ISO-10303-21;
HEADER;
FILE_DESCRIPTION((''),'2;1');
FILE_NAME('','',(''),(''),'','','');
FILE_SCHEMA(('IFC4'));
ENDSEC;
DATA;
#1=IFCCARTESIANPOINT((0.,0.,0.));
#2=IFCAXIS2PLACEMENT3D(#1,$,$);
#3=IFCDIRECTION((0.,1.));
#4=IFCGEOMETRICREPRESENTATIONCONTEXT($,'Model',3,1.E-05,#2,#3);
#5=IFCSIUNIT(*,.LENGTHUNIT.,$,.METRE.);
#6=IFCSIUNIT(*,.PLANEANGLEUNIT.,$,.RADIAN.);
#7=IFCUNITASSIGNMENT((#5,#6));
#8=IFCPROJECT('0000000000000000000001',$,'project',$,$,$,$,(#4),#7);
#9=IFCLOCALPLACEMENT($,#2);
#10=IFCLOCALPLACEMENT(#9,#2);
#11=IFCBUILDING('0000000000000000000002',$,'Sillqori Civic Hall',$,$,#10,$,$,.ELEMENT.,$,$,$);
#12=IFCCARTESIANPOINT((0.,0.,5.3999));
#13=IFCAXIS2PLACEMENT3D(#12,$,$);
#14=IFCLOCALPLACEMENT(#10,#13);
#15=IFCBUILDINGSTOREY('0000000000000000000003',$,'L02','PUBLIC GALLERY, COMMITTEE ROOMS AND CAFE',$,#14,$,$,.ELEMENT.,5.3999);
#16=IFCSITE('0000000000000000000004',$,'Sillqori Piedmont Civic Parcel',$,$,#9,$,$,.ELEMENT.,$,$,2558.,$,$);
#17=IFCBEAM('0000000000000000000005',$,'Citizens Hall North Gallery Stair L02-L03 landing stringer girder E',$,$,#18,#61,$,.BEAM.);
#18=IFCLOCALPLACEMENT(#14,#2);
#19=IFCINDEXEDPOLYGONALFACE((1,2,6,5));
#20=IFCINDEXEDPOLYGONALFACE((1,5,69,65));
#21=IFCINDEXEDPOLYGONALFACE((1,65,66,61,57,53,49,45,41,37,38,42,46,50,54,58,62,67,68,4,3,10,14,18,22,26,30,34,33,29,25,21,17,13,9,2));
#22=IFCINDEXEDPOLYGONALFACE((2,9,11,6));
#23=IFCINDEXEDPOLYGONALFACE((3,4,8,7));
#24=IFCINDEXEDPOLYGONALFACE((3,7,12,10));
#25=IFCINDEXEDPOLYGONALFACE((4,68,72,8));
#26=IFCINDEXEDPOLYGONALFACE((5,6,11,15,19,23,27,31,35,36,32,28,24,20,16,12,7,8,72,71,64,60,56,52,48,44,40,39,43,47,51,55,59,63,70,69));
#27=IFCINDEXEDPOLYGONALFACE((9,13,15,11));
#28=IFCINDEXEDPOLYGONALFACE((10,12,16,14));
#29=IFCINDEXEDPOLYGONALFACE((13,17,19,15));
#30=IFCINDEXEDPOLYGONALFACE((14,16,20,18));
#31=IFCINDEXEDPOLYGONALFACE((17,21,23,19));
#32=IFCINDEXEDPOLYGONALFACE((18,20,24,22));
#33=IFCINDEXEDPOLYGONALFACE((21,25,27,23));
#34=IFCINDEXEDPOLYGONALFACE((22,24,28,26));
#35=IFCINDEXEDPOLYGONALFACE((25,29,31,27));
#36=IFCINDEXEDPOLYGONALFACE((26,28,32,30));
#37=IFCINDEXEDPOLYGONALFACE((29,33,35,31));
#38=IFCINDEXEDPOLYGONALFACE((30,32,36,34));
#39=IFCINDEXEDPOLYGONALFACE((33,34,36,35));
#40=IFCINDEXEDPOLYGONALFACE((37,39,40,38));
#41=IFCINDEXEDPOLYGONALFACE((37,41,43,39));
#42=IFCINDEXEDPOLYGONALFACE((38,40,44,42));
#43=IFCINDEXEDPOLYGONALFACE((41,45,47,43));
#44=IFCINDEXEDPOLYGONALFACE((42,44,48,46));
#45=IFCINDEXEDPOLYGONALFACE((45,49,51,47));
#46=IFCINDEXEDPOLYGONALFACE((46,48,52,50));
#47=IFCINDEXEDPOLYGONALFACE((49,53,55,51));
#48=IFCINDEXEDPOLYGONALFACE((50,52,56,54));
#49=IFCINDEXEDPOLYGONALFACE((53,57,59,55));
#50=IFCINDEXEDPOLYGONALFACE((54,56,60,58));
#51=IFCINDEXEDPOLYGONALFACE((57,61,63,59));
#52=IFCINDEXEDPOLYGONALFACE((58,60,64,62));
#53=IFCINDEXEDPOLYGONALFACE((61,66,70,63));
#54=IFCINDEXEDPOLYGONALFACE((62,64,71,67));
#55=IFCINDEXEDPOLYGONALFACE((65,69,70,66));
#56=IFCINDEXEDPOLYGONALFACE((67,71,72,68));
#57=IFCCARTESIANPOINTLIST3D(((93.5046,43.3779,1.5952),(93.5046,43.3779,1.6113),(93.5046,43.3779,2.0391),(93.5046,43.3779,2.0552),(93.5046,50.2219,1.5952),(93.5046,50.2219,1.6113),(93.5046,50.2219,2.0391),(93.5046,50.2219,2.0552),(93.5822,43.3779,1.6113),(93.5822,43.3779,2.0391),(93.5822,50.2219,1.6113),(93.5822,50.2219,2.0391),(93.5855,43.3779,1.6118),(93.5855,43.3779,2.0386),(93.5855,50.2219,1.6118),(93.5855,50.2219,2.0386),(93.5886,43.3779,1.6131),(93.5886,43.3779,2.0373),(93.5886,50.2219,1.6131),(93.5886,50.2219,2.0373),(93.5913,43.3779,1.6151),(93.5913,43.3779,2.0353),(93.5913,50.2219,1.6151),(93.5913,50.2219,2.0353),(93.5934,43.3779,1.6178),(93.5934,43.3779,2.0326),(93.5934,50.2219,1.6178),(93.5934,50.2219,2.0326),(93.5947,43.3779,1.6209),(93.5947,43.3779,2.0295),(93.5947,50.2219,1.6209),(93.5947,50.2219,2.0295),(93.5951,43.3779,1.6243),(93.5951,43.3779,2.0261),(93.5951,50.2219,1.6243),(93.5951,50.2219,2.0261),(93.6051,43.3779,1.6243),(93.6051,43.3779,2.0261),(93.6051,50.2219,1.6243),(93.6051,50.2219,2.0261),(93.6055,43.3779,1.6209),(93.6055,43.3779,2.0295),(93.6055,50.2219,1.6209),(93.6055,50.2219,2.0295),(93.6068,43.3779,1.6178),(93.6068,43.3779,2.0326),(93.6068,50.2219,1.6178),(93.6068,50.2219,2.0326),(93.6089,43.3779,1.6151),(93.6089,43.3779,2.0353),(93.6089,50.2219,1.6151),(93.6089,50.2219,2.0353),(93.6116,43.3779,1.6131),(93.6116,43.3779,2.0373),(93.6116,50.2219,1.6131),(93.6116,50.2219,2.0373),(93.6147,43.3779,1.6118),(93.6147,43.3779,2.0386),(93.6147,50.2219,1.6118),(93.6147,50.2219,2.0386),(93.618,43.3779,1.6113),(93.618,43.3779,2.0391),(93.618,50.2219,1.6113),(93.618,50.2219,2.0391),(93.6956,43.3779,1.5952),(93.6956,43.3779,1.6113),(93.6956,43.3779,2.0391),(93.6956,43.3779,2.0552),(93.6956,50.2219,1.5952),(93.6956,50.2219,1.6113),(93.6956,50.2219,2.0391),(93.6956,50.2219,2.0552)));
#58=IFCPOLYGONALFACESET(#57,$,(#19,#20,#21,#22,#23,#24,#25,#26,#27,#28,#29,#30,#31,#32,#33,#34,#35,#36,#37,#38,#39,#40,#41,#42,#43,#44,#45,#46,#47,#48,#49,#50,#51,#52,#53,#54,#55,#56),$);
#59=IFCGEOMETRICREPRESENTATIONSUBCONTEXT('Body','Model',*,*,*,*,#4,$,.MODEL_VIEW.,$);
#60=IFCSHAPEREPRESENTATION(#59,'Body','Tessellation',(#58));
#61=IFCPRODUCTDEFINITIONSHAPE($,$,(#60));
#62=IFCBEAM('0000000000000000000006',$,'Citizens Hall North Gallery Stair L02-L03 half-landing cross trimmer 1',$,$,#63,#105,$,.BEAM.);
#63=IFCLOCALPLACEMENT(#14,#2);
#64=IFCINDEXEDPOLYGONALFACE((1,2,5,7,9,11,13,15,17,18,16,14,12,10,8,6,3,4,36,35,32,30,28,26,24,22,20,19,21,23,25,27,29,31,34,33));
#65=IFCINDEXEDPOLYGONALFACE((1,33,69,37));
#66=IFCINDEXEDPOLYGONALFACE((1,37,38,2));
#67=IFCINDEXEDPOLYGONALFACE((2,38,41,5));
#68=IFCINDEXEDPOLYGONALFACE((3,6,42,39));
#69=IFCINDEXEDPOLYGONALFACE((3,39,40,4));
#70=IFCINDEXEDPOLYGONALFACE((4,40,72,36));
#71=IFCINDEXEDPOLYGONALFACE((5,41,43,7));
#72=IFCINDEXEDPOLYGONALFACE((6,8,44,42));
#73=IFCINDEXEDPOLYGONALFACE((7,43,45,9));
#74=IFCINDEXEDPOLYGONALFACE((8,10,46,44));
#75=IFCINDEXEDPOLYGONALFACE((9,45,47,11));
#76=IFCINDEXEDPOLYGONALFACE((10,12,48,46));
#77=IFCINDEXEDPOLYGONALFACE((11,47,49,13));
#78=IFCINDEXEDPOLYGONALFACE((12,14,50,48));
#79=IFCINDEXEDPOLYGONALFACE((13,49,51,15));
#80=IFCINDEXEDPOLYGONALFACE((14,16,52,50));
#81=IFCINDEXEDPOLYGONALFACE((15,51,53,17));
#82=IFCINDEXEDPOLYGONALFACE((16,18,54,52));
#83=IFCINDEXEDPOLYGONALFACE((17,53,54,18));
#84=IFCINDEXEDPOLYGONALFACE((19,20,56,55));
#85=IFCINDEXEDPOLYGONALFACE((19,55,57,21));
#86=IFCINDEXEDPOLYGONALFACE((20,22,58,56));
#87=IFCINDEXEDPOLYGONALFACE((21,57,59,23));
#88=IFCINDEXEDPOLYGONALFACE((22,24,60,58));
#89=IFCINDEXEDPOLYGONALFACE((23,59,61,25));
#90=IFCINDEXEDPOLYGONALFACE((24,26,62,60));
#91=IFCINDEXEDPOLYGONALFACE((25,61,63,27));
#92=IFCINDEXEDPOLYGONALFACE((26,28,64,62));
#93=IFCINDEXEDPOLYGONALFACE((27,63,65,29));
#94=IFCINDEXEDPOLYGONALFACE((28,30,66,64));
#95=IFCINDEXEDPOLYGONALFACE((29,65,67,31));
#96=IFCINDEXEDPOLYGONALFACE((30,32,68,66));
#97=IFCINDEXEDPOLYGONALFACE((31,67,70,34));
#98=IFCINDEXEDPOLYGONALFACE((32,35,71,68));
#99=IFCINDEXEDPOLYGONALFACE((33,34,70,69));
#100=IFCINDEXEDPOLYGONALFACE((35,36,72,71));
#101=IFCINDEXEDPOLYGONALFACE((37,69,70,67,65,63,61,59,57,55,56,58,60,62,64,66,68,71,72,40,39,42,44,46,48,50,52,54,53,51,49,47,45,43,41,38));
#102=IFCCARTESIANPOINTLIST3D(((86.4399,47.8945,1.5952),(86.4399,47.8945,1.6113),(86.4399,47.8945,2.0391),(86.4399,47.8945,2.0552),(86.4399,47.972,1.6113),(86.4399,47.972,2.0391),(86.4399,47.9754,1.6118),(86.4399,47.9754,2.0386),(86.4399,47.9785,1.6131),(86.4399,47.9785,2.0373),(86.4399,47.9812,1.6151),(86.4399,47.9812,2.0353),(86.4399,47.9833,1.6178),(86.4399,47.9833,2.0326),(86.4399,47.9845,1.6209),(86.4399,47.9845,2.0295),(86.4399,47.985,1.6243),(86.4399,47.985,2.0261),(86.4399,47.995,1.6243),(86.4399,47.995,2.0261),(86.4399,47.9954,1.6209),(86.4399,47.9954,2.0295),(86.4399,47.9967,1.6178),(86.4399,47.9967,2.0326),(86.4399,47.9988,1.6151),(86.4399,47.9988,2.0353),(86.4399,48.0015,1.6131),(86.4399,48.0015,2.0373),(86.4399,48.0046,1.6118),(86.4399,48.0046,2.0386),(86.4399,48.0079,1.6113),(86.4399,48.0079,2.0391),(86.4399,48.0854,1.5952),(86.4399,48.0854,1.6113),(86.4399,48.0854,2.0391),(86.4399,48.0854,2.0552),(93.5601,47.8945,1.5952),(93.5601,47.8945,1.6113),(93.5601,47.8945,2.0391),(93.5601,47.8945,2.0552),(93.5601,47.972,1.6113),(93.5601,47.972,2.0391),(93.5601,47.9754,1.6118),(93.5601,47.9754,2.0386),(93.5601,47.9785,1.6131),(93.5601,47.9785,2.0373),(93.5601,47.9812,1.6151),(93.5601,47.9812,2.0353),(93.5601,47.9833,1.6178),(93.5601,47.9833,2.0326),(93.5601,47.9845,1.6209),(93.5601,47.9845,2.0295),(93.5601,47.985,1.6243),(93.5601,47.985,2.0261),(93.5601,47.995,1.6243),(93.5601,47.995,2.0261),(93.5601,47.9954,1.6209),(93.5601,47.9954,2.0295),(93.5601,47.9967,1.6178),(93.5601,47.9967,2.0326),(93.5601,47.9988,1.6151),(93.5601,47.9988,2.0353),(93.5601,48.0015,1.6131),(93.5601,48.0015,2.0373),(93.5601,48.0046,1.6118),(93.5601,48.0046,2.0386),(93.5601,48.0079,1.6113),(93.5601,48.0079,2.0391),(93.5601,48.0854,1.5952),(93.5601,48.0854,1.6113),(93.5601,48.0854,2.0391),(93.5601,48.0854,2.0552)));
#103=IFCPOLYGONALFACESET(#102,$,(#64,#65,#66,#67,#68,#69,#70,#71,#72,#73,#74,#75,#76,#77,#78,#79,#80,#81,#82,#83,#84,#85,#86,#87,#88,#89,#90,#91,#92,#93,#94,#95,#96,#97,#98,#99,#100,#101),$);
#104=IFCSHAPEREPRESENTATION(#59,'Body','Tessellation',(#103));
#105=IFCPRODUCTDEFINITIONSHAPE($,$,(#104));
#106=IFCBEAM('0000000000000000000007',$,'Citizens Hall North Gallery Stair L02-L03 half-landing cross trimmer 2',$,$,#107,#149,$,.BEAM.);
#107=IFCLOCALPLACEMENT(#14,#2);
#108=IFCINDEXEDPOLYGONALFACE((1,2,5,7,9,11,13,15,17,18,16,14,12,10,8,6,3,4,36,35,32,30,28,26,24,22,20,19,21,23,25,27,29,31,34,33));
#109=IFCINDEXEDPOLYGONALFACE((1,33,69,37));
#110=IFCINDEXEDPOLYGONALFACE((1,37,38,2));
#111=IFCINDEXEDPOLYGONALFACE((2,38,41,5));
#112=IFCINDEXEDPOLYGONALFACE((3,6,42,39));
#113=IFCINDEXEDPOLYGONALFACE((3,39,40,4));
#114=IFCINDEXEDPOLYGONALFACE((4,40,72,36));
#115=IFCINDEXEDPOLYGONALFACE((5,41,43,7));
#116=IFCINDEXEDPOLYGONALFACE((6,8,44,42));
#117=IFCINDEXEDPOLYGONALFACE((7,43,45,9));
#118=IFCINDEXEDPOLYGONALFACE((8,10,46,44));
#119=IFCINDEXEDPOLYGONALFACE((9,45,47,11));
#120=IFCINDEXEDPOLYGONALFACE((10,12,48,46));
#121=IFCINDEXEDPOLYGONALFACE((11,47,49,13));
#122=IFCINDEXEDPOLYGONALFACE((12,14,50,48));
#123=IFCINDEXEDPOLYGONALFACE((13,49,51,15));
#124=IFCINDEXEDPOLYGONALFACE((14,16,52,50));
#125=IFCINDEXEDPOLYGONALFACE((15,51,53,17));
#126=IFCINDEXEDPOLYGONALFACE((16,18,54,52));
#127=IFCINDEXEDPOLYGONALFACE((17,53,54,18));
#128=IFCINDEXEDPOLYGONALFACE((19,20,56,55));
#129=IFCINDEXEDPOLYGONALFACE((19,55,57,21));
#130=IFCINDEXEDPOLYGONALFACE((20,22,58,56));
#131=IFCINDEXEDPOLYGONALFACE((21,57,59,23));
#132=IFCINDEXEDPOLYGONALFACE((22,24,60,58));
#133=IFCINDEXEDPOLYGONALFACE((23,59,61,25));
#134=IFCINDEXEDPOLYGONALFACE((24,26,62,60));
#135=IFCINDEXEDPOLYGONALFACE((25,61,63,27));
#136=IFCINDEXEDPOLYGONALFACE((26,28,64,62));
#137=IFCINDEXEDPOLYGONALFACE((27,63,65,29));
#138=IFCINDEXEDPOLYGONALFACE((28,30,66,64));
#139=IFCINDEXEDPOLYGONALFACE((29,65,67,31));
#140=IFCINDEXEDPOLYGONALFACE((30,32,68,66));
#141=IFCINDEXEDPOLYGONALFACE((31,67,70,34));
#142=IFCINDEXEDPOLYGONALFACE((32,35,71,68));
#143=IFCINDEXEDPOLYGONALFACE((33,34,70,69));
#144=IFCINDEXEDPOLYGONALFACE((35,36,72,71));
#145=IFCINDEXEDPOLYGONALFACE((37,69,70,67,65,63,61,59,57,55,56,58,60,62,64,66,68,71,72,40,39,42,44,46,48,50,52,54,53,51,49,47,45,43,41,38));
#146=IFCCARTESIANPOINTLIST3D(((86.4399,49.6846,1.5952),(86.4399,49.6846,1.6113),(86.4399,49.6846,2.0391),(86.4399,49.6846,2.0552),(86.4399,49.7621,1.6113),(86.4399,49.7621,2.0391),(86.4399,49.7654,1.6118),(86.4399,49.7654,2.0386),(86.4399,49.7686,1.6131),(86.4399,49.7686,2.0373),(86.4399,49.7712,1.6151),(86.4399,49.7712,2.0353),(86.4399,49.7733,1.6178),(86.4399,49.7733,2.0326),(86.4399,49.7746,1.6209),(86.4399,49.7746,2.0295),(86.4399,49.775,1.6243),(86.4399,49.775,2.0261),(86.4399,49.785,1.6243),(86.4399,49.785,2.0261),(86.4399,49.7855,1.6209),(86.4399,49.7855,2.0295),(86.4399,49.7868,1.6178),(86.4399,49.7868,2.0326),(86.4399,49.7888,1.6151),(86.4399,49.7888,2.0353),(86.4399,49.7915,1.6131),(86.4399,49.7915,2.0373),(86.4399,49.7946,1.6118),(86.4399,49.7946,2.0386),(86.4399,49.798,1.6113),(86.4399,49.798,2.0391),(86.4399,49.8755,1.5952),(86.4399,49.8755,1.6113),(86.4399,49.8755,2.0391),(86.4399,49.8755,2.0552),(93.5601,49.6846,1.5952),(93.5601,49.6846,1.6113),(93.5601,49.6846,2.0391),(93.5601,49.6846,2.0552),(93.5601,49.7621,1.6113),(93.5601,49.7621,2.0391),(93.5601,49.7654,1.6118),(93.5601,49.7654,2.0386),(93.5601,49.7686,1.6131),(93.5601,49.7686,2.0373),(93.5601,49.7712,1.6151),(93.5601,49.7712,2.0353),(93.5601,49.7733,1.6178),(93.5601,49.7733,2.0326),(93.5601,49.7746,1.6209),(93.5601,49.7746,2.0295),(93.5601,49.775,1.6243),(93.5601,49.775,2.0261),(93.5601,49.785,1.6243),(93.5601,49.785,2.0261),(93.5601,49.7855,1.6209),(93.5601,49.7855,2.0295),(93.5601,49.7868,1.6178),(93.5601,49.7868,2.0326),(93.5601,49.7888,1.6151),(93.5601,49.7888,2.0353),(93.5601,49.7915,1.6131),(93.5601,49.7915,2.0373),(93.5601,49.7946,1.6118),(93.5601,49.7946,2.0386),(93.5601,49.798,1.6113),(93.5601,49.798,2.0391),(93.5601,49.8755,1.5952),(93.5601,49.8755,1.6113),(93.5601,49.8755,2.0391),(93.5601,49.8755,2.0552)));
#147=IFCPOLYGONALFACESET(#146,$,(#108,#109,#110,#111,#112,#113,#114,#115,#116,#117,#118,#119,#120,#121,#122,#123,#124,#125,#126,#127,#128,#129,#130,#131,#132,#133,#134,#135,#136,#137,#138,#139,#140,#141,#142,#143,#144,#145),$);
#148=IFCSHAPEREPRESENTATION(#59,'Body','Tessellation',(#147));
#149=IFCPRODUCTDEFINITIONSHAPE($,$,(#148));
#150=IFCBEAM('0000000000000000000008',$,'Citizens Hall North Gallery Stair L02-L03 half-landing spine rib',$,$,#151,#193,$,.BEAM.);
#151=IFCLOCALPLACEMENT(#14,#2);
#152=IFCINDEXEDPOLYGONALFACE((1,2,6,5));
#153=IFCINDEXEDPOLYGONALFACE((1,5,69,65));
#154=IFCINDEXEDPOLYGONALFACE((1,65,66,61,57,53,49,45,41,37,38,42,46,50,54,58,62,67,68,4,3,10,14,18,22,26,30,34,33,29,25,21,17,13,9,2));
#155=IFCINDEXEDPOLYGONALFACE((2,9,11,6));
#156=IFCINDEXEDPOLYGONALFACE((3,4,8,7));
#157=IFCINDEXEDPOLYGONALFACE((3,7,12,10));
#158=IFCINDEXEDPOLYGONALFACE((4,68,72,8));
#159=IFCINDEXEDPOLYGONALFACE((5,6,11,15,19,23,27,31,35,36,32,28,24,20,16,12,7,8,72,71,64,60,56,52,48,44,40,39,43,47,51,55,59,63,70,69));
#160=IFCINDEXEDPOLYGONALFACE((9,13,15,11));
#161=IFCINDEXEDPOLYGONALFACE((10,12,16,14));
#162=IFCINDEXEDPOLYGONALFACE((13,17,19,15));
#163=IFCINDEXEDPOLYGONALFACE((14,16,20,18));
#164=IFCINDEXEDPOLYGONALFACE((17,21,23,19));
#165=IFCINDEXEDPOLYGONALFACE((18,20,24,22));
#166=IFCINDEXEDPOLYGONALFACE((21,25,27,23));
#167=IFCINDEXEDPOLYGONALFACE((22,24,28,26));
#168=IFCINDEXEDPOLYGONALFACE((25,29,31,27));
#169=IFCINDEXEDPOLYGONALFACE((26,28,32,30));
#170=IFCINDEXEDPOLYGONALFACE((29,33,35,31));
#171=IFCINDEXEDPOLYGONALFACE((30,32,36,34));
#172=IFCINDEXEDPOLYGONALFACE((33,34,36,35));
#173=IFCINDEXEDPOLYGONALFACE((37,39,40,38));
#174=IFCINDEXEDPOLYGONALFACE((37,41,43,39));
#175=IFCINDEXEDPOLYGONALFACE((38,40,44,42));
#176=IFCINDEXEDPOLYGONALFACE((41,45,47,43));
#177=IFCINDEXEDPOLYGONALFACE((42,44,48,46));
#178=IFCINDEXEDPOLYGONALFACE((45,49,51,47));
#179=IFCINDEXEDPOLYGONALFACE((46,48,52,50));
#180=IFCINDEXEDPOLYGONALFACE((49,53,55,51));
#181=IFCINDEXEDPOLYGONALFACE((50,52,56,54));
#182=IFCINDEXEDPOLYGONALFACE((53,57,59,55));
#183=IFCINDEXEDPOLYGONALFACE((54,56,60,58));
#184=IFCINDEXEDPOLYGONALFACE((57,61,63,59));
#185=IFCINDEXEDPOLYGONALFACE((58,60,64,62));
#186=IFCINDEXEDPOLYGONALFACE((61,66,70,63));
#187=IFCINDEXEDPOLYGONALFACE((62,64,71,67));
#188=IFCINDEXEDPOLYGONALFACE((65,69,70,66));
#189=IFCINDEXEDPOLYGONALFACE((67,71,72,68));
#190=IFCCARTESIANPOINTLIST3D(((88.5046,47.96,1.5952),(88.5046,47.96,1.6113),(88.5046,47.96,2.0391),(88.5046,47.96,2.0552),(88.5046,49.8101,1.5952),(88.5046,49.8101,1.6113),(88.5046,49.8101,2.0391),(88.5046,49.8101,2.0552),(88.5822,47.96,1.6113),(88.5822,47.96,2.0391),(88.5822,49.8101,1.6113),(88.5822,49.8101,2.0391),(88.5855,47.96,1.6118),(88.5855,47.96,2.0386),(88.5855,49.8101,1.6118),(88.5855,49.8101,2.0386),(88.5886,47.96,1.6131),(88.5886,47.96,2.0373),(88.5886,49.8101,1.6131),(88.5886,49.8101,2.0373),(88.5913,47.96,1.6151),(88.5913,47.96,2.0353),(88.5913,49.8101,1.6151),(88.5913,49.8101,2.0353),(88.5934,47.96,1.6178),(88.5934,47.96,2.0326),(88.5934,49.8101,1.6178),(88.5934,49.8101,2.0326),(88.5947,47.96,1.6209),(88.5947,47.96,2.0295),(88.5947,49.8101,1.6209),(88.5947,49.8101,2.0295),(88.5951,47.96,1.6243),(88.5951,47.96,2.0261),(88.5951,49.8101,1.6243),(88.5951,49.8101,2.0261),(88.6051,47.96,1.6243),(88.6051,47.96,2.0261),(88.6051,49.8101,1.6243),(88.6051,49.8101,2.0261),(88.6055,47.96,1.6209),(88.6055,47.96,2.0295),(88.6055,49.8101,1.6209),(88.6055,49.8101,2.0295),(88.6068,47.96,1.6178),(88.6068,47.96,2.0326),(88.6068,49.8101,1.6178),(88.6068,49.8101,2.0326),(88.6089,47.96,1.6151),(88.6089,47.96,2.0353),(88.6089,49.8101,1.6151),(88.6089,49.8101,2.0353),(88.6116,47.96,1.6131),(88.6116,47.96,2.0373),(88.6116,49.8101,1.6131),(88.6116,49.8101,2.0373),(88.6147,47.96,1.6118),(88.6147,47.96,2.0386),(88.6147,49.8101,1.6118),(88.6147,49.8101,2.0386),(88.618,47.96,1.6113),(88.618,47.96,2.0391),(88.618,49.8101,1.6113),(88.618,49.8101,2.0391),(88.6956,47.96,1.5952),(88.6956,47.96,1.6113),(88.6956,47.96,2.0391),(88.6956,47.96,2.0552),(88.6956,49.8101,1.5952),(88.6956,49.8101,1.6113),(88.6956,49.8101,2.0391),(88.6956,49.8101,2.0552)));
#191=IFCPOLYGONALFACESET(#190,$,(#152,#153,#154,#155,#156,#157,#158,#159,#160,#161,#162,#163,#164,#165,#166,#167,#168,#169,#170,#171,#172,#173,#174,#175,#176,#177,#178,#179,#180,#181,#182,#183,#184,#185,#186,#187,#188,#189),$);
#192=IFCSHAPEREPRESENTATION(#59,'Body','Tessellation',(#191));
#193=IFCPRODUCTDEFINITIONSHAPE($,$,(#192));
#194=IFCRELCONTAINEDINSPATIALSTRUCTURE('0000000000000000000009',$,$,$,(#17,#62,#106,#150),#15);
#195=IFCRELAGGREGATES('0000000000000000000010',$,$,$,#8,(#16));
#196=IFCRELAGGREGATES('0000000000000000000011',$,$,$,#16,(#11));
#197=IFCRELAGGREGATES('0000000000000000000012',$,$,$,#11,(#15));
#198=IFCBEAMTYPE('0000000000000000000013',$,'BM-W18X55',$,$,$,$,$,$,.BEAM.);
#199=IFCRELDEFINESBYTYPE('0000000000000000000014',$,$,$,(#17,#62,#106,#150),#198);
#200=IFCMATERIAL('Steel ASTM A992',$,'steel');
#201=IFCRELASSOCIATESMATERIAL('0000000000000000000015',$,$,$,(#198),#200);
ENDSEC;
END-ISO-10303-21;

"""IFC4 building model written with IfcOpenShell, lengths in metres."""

from ifc_helpers import new_model, si_unit, direction, frame, origin, origin_2d, place, context, subcontext, project, spatial, i_section, extrude, material, material_profile, profile_set, type_object, element, save


model = new_model("IFC4")

# Units and contexts
model_context = context("Model", 3, precision=1e-05, world=origin(), true_north=direction((0.0, 1.0)))
body_context = subcontext(model_context, "Body", "Model", "MODEL_VIEW")
ifc_project = project(units=[si_unit("LENGTHUNIT", "METRE"), si_unit("PLANEANGLEUNIT", "RADIAN")], contexts=[model_context])

# Site, building, storey
site_placement = place(None, origin())
site = spatial("IfcSite", under=ifc_project, at=site_placement, Name="Sillqori Piedmont Civic Parcel", CompositionType="ELEMENT", RefElevation=2558.0)
building_placement = place(site_placement, origin())
building = spatial("IfcBuilding", under=site, at=building_placement, Name="Sillqori Civic Hall", CompositionType="ELEMENT")
storey_placement = place(building_placement, frame((0.0, 0.0, 5.3999)))
storey = spatial("IfcBuildingStorey", under=building, at=storey_placement, Name="L02", Description="PUBLIC GALLERY, COMMITTEE ROOMS AND CAFE", CompositionType="ELEMENT", Elevation=5.3999)

# Shared definitions
ifc_material_1 = material(Name="Steel ASTM A992", Category="steel")

# Beams
ifc_material_profile_1 = material_profile(ifc_material_1, i_section(OverallWidth=0.1909, OverallDepth=0.46, WebThickness=0.01, FlangeThickness=0.0161, FilletRadius=0.0129, at=origin_2d()), Name="W18X55")
ifc_profile_set_1 = profile_set([ifc_material_profile_1], Name="Steel ASTM A992")
beam_type_1 = type_object("IfcBeamType", Name="BM-W18X55", PredefinedType="BEAM", material=ifc_profile_set_1)
beam_1_placement = place(storey_placement, frame((93.6001, 43.3779, 1.8252), z_axis=(0.0, 1.0, 0.0), x_axis=(-1.0, 0.0, 0.0)))
element("IfcBeam", 1, at=beam_1_placement, inside=storey, type_object=beam_type_1, Name="Citizens Hall North Gallery Stair L02-L03 landing stringer girder E", PredefinedType="BEAM", context=body_context, shape_type="SweptSolid", body=[
    extrude(i_section(OverallWidth=0.1909, OverallDepth=0.46, WebThickness=0.01, FlangeThickness=0.0161, FilletRadius=0.0129, at=origin_2d()), origin(), (0.0, 0.0, 1.0), 6.844),
])
for number, where, z_axis, x_axis, name in (
    (2, (86.4399, 47.99, 1.8252), (1.0, 0.0, 0.0), (0.0, 1.0, 0.0), "Citizens Hall North Gallery Stair L02-L03 half-landing cross trimmer 1"),
    (3, (86.4399, 49.78, 1.8252), (1.0, 0.0, 0.0), (0.0, 1.0, 0.0), "Citizens Hall North Gallery Stair L02-L03 half-landing cross trimmer 2"),
):
    element("IfcBeam", number, at=place(storey_placement, frame(where, z_axis=z_axis, x_axis=x_axis)), inside=storey, type_object=beam_type_1, Name=name, PredefinedType="BEAM", context=body_context, shape_type="SweptSolid", body=[
        extrude(i_section(OverallWidth=0.1909, OverallDepth=0.46, WebThickness=0.01, FlangeThickness=0.0161, FilletRadius=0.0129, at=origin_2d()), origin(), (0.0, 0.0, 1.0), 7.1201),
    ])
beam_2_placement = place(storey_placement, frame((88.6001, 47.96, 1.8252), z_axis=(0.0, 1.0, 0.0), x_axis=(-1.0, 0.0, 0.0)))
element("IfcBeam", 4, at=beam_2_placement, inside=storey, type_object=beam_type_1, Name="Citizens Hall North Gallery Stair L02-L03 half-landing spine rib", PredefinedType="BEAM", context=body_context, shape_type="SweptSolid", body=[
    extrude(i_section(OverallWidth=0.1909, OverallDepth=0.46, WebThickness=0.01, FlangeThickness=0.0161, FilletRadius=0.0129, at=origin_2d()), origin(), (0.0, 0.0, 1.0), 1.8501),
])

save(model, "model.ifc")
